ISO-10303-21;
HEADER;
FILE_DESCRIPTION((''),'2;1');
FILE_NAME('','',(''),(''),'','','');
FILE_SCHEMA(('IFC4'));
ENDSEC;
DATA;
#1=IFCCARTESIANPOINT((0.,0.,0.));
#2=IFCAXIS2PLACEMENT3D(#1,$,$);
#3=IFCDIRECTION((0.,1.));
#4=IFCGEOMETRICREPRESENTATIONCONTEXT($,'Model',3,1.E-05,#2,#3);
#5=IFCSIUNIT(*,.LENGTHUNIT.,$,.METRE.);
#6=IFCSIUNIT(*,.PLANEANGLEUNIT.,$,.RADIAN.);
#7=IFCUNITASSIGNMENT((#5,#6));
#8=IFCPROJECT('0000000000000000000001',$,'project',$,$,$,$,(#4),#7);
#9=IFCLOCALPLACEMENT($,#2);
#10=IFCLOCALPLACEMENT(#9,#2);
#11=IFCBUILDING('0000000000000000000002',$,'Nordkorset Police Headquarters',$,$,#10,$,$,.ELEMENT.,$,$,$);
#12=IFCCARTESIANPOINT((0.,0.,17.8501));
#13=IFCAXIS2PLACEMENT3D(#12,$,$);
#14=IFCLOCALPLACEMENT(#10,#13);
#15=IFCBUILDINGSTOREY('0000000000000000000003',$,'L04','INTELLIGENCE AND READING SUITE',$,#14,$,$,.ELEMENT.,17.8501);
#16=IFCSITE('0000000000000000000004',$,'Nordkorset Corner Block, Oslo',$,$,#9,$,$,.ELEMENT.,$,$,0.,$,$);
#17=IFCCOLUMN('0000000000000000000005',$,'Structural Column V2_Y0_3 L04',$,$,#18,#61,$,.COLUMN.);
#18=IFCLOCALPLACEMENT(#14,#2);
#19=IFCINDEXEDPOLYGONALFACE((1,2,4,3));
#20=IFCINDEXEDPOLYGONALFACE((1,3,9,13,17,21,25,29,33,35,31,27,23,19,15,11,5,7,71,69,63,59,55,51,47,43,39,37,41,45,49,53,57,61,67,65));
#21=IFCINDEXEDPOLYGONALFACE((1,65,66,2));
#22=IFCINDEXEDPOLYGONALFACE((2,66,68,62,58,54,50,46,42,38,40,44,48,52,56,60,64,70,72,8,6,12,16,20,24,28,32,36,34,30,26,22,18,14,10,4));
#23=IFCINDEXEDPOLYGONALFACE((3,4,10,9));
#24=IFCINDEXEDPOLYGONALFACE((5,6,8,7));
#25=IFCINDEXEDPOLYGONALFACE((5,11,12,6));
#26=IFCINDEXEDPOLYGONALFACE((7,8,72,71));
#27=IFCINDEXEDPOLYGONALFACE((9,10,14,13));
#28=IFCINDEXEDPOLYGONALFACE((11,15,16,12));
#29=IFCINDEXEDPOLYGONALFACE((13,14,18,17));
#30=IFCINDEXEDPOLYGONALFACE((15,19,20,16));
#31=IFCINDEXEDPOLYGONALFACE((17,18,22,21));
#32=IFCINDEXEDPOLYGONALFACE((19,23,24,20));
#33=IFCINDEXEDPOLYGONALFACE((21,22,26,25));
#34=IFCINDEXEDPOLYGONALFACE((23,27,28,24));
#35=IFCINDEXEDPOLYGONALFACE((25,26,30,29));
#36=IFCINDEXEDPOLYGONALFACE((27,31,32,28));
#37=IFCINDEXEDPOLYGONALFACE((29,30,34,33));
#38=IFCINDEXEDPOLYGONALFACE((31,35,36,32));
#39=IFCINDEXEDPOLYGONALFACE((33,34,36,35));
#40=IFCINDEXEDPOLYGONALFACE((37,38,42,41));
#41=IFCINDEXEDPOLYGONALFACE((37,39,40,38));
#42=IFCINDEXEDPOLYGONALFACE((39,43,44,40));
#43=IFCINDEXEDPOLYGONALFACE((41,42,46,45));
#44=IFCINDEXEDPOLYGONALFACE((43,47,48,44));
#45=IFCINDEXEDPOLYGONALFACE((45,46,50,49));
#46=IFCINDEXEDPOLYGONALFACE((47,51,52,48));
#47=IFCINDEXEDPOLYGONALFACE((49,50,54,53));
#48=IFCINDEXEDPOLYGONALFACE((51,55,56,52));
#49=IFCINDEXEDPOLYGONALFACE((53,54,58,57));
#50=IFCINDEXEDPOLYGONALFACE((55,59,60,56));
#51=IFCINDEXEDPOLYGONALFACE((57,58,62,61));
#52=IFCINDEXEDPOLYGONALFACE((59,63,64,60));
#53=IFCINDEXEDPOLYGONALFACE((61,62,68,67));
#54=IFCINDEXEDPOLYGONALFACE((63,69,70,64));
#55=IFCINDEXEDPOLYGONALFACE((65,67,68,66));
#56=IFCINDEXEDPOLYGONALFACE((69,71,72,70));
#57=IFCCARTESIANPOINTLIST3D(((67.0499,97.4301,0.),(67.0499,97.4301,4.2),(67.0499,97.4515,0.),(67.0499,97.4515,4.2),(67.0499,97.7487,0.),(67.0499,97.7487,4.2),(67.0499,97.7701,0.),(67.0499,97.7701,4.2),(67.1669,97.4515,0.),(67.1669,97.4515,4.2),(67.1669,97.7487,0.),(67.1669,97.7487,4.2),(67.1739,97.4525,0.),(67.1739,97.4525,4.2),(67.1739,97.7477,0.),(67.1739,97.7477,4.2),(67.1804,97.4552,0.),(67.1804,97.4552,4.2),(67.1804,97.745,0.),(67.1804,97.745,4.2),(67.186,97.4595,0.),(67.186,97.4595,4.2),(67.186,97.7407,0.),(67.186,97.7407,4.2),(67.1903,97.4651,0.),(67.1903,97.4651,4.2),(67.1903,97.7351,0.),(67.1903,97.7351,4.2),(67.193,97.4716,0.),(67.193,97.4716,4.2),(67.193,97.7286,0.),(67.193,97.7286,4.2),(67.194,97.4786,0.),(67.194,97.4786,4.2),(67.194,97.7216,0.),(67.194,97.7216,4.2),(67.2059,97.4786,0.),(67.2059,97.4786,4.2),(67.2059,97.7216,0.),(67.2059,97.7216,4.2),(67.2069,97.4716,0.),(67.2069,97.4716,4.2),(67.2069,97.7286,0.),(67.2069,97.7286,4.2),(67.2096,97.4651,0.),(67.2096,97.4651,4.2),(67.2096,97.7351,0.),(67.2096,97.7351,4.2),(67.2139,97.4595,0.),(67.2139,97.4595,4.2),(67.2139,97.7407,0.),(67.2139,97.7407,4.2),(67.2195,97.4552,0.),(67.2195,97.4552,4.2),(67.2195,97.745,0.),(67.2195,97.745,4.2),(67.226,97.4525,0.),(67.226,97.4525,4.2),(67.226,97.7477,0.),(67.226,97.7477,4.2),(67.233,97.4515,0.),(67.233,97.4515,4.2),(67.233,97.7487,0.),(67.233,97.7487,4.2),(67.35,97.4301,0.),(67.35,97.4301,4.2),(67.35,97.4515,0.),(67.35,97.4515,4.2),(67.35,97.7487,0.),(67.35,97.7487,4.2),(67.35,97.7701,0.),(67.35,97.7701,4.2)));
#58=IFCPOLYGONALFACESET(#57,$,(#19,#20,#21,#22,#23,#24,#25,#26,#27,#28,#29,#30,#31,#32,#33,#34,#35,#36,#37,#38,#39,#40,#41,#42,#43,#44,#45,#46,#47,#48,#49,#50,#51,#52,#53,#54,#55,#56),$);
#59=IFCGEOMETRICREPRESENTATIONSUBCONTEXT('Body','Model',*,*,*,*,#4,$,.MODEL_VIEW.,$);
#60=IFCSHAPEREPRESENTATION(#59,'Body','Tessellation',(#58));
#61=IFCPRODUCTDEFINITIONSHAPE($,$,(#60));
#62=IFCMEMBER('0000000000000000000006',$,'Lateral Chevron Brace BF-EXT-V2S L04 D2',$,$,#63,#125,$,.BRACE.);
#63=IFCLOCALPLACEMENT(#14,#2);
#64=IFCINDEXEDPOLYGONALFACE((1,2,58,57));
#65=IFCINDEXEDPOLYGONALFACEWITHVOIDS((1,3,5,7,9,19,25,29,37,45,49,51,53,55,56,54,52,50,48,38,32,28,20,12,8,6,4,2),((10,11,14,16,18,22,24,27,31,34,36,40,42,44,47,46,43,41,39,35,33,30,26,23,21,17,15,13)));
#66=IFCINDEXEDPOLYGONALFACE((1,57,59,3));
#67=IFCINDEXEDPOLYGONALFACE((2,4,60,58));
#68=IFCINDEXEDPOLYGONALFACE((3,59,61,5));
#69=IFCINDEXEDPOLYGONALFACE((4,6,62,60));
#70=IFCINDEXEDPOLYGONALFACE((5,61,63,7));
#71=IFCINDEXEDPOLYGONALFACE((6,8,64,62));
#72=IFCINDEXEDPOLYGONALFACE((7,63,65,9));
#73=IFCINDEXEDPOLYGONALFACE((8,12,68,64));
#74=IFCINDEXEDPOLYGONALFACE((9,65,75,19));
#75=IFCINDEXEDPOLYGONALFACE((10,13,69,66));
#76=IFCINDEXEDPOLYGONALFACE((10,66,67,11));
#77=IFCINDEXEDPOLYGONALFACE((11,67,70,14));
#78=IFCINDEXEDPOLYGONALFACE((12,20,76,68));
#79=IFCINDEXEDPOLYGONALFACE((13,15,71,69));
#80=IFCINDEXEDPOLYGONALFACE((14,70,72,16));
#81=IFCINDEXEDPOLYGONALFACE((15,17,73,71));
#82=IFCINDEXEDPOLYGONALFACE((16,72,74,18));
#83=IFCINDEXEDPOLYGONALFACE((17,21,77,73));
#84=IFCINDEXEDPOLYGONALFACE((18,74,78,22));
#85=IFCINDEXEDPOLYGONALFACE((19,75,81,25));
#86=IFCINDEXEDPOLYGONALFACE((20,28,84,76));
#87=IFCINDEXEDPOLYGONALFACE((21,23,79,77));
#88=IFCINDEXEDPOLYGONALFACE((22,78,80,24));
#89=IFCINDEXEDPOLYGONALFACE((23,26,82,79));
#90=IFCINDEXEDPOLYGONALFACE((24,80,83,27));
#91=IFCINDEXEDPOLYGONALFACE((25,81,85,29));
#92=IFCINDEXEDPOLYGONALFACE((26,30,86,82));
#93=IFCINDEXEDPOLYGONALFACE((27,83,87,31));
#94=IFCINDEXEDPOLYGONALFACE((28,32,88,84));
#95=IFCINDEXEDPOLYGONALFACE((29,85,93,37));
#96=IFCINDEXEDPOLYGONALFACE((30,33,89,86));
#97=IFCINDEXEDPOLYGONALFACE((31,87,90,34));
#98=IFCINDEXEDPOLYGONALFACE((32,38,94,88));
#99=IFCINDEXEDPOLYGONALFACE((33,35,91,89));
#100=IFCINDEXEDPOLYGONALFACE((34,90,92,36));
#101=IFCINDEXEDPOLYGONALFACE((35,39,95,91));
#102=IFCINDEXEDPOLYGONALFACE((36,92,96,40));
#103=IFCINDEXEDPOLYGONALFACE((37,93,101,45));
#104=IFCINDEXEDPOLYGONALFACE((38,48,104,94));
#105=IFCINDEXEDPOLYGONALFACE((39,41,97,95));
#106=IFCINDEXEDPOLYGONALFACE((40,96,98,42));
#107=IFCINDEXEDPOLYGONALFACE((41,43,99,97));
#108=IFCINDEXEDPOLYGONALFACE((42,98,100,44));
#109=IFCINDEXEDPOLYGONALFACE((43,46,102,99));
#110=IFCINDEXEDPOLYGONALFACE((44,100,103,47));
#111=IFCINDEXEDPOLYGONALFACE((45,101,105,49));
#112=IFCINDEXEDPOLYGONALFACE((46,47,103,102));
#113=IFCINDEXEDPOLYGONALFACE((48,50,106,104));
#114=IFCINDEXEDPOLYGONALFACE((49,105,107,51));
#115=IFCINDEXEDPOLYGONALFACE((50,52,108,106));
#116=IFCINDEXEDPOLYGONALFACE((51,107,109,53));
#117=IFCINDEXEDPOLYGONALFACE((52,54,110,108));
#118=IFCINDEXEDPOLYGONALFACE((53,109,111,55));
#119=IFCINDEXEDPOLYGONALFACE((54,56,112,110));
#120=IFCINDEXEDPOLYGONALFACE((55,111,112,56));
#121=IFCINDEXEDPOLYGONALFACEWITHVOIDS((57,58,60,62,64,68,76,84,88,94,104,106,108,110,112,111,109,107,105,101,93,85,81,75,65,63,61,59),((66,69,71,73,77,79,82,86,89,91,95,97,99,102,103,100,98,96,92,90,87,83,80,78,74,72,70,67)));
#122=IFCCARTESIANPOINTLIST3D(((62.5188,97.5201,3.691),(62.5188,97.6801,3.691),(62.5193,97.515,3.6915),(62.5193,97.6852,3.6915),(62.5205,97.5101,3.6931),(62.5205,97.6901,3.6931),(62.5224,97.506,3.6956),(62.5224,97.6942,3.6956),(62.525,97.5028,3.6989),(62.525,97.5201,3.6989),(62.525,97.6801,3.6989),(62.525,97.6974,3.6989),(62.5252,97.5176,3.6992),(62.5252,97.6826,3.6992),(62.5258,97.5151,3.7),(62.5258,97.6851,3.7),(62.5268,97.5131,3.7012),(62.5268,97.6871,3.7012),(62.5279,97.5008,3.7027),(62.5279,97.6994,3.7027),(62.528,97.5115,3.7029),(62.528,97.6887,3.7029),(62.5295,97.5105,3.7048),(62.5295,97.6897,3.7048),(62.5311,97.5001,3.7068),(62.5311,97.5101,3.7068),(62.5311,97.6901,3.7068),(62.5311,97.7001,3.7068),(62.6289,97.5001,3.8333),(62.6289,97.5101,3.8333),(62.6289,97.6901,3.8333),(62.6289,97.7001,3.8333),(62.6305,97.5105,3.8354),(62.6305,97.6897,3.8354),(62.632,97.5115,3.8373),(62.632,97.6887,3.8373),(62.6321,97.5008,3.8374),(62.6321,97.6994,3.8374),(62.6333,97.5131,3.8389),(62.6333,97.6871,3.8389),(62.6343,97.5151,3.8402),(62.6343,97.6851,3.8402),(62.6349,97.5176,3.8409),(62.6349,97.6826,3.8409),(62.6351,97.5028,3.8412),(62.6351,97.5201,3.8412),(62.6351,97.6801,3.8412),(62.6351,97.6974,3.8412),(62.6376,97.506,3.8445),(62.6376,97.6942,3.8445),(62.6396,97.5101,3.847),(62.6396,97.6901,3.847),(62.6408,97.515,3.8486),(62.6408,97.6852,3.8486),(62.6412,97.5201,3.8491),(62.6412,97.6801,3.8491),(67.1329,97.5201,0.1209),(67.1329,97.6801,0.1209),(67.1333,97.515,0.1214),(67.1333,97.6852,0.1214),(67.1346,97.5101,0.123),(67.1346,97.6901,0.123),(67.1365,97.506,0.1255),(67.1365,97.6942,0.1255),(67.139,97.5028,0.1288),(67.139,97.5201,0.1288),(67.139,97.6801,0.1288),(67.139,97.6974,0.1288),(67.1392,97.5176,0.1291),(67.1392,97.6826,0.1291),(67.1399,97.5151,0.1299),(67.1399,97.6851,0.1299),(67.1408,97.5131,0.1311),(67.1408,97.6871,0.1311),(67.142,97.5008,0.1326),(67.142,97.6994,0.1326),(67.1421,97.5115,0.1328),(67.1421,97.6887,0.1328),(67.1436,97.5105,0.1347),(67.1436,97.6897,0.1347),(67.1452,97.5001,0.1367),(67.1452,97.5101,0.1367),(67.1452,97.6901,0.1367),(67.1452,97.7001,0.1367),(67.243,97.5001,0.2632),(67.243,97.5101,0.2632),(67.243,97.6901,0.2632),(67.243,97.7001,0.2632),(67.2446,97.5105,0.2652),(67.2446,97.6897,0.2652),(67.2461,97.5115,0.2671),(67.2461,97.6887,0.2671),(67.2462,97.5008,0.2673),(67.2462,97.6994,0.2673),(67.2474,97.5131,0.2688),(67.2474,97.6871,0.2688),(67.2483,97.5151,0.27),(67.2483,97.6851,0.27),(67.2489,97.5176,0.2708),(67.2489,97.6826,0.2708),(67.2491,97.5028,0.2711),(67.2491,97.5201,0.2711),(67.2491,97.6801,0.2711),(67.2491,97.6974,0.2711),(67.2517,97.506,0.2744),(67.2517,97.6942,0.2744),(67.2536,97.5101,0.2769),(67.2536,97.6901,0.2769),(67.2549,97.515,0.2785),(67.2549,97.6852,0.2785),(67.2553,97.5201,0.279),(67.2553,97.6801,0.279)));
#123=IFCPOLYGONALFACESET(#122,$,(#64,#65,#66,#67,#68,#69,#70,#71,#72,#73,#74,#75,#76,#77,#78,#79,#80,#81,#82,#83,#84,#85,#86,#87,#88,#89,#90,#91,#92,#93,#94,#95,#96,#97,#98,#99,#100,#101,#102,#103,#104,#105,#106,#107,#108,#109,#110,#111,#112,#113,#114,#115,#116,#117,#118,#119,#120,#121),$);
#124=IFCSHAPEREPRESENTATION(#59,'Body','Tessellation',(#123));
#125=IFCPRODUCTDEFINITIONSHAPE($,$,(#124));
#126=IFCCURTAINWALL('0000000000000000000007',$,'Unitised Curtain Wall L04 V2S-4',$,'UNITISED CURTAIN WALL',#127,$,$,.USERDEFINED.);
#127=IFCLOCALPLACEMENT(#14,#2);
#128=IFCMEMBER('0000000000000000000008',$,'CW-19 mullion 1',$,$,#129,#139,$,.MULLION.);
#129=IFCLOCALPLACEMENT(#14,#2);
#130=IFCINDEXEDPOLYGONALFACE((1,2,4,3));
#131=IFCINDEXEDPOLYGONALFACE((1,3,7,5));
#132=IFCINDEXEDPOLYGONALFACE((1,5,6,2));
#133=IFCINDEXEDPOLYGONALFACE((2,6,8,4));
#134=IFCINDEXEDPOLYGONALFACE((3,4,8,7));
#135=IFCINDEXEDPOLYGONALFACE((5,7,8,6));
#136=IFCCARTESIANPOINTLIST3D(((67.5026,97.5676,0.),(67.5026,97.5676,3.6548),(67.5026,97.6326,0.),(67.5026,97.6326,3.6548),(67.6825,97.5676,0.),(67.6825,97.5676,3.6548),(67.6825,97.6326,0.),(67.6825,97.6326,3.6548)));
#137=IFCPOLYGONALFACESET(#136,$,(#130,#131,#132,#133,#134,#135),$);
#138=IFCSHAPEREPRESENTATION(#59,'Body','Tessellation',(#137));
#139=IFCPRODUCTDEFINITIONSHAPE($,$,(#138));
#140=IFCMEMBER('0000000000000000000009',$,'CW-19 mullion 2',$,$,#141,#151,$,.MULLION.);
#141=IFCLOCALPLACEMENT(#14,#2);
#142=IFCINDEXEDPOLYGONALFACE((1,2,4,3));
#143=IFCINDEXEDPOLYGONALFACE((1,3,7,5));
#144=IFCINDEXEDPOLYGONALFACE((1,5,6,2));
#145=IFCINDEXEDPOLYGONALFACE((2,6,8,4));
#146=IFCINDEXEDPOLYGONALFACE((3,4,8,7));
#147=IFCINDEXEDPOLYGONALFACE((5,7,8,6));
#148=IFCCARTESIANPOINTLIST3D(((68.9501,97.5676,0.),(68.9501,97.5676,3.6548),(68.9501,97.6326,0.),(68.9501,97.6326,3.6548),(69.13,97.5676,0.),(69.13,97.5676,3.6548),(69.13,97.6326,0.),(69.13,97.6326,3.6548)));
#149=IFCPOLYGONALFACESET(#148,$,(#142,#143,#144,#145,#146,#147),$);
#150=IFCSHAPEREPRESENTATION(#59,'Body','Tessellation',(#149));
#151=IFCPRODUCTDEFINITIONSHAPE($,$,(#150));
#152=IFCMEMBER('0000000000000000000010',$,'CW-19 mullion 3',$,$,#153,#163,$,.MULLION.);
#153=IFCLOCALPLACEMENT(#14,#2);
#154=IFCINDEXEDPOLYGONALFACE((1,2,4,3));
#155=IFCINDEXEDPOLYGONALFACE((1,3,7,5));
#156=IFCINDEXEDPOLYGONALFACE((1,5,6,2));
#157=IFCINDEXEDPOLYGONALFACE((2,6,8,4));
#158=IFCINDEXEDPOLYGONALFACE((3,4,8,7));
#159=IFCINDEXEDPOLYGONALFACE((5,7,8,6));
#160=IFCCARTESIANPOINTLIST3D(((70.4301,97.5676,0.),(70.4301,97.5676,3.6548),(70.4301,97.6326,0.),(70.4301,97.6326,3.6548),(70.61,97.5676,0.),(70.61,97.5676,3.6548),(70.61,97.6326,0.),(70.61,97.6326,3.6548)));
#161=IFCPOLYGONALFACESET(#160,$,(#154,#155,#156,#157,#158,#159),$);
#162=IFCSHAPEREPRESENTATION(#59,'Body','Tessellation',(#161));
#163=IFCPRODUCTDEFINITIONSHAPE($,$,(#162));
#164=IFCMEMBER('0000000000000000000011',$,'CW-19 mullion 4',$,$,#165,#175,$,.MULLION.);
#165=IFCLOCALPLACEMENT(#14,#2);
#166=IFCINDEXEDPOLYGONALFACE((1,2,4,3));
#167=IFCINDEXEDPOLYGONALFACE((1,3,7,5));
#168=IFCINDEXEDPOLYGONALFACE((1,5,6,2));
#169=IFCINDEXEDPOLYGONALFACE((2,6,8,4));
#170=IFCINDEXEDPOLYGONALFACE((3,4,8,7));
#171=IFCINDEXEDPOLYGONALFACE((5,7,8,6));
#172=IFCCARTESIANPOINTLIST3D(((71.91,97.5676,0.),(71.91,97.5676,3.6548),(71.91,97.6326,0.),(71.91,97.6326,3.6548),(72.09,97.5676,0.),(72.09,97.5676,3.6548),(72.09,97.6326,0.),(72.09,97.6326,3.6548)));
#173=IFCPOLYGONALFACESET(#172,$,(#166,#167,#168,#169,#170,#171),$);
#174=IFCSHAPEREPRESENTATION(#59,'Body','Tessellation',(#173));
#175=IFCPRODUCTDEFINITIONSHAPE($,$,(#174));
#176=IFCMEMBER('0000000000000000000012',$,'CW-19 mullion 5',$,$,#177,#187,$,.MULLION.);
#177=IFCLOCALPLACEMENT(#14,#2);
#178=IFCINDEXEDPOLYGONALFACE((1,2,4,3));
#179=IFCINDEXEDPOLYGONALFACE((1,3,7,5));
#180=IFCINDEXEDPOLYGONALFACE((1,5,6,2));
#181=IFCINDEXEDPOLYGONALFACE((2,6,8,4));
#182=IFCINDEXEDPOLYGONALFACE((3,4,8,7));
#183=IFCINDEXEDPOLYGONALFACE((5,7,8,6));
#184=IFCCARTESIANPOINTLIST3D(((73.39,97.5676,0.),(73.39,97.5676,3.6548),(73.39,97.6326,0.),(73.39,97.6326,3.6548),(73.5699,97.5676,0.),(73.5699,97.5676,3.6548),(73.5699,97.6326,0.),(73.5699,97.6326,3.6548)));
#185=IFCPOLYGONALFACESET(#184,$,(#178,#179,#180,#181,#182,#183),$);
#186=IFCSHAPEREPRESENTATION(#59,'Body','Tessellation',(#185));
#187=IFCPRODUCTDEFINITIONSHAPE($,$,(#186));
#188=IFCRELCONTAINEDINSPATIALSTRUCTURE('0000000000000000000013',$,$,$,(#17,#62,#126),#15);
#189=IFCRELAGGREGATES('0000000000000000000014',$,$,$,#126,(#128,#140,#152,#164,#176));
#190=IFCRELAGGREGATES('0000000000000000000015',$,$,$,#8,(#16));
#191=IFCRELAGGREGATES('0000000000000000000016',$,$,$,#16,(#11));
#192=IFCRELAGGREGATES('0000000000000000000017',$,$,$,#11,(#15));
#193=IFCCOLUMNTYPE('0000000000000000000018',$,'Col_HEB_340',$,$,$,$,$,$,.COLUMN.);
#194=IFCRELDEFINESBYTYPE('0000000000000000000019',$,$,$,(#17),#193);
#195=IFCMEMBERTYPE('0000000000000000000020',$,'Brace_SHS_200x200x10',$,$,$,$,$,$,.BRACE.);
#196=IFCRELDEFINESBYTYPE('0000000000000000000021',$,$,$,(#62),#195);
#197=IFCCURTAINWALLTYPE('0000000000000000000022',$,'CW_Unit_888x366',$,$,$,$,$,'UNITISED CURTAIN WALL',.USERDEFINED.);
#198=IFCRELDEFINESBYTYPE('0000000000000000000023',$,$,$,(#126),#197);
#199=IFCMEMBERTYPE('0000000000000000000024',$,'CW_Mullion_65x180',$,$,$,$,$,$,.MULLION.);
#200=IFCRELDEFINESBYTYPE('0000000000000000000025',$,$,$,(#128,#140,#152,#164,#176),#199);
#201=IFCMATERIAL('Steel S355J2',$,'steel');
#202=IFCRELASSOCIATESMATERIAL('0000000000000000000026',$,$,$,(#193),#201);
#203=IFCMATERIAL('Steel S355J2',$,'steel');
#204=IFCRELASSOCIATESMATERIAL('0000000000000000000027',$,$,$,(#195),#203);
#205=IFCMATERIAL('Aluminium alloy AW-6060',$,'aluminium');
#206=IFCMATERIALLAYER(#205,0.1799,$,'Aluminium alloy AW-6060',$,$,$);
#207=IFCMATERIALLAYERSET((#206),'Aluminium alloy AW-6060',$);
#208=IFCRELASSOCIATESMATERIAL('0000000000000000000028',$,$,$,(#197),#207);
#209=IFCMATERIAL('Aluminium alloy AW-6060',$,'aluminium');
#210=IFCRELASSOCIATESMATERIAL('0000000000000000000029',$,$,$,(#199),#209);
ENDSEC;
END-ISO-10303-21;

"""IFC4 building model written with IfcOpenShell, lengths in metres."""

from ifc_helpers import new_model, si_unit, direction, frame, origin, origin_2d, place, context, subcontext, project, spatial, rectangle, hollow_rectangle, i_section, extrude, material, layer, layer_set, material_profile, profile_set, type_object, element, aggregate, save


model = new_model("IFC4")

# Units and contexts
model_context = context("Model", 3, precision=1e-05, world=origin(), true_north=direction((0.0, 1.0)))
body_context = subcontext(model_context, "Body", "Model", "MODEL_VIEW")
ifc_project = project(units=[si_unit("LENGTHUNIT", "METRE"), si_unit("PLANEANGLEUNIT", "RADIAN")], contexts=[model_context])

# Site, building, storey
site_placement = place(None, origin())
site = spatial("IfcSite", under=ifc_project, at=site_placement, Name="Nordkorset Corner Block, Oslo", CompositionType="ELEMENT", RefElevation=0.0)
building_placement = place(site_placement, origin())
building = spatial("IfcBuilding", under=site, at=building_placement, Name="Nordkorset Police Headquarters", CompositionType="ELEMENT")
storey_placement = place(building_placement, frame((0.0, 0.0, 17.8501)))
storey = spatial("IfcBuildingStorey", under=building, at=storey_placement, Name="L04", Description="INTELLIGENCE AND READING SUITE", CompositionType="ELEMENT", Elevation=17.8501)

# Column
ifc_material_1 = material(Name="Steel S355J2", Category="steel")
ifc_material_profile_1 = material_profile(ifc_material_1, i_section(OverallWidth=0.3, OverallDepth=0.3401, WebThickness=0.012, FlangeThickness=0.0215, FilletRadius=0.0271, at=origin_2d()), Name="HEB 340")
ifc_profile_set_1 = profile_set([ifc_material_profile_1], Name="Steel S355J2")
column_type = type_object("IfcColumnType", Name="Col_HEB_340", PredefinedType="COLUMN", material=ifc_profile_set_1)
column_placement = place(storey_placement, frame((67.2, 97.6001, 0.0), z_axis=(0.0, 0.0, 1.0), x_axis=(1.0, 0.0, 0.0)))
element("IfcColumn", 1, at=column_placement, inside=storey, type_object=column_type, Name="Structural Column V2_Y0_3 L04", PredefinedType="COLUMN", context=body_context, shape_type="SweptSolid", body=[
    extrude(i_section(OverallWidth=0.3, OverallDepth=0.3401, WebThickness=0.012, FlangeThickness=0.0215, FilletRadius=0.0271, at=origin_2d()), origin(), (0.0, 0.0, 1.0), 4.2),
])

# Member
ifc_material_2 = material(Name="Steel S355J2", Category="steel")
ifc_material_profile_2 = material_profile(ifc_material_2, hollow_rectangle(XDim=0.2, YDim=0.2, WallThickness=0.01, InnerFilletRadius=0.01, OuterFilletRadius=0.02, at=origin_2d()), Name="SHS 200x200x10")
ifc_profile_set_2 = profile_set([ifc_material_profile_2], Name="Steel S355J2")
member_type_1 = type_object("IfcMemberType", Name="Brace_SHS_200x200x10", PredefinedType="BRACE", material=ifc_profile_set_2)
member_1_placement = place(storey_placement, frame((67.1941, 97.6001, 0.2), z_axis=(-0.790896, 0.0, 0.611951), x_axis=(0.0, -1.0, 0.0)))
element("IfcMember", 2, at=member_1_placement, inside=storey, type_object=member_type_1, Name="Lateral Chevron Brace BF-EXT-V2S L04 D2", PredefinedType="BRACE", context=body_context, shape_type="SweptSolid", body=[
    extrude(hollow_rectangle(XDim=0.2, YDim=0.2, WallThickness=0.01, InnerFilletRadius=0.01, OuterFilletRadius=0.02, at=origin_2d()), origin(), (0.0, 0.0, 1.0), 5.834),
])

# Curtain wall, members
ifc_material_3 = material(Name="Aluminium alloy AW-6060", Category="aluminium")
ifc_layer_1 = layer(ifc_material_3, 0.1799, Name="Aluminium alloy AW-6060")
ifc_layer_set_1 = layer_set([ifc_layer_1], Name="Aluminium alloy AW-6060")
curtain_wall_type = type_object("IfcCurtainWallType", Name="CW_Unit_888x366", ElementType="UNITISED CURTAIN WALL", PredefinedType="USERDEFINED", material=ifc_layer_set_1)
curtain_wall_placement = place(storey_placement, origin())
curtain_wall = element("IfcCurtainWall", 3, at=curtain_wall_placement, inside=storey, type_object=curtain_wall_type, Name="Unitised Curtain Wall L04 V2S-4", ObjectType="UNITISED CURTAIN WALL", PredefinedType="USERDEFINED")
ifc_material_4 = material(Name="Aluminium alloy AW-6060", Category="aluminium")
ifc_material_profile_3 = material_profile(ifc_material_4, rectangle(XDim=0.0649, YDim=0.1799, at=origin_2d()), Name="ALU MULL 65x180")
ifc_profile_set_3 = profile_set([ifc_material_profile_3], Name="Aluminium alloy AW-6060")
member_type_2 = type_object("IfcMemberType", Name="CW_Mullion_65x180", PredefinedType="MULLION", material=ifc_profile_set_3)
member_2_placement = place(storey_placement, frame((67.5925, 97.6001, 0.0), z_axis=(0.0, 0.0, 1.0), x_axis=(0.0, 1.0, 0.0)))
member_2 = element("IfcMember", 4, at=member_2_placement, type_object=member_type_2, Name="CW-19 mullion 1", PredefinedType="MULLION", context=body_context, shape_type="SweptSolid", body=[
    extrude(rectangle(XDim=0.0649, YDim=0.1799, at=origin_2d()), origin(), (0.0, 0.0, 1.0), 3.6548),
])
member_3_placement = place(storey_placement, frame((69.04, 97.6001, 0.0), z_axis=(0.0, 0.0, 1.0), x_axis=(0.0, 1.0, 0.0)))
member_3 = element("IfcMember", 5, at=member_3_placement, type_object=member_type_2, Name="CW-19 mullion 2", PredefinedType="MULLION", context=body_context, shape_type="SweptSolid", body=[
    extrude(rectangle(XDim=0.0649, YDim=0.1799, at=origin_2d()), origin(), (0.0, 0.0, 1.0), 3.6548),
])
member_4_placement = place(storey_placement, frame((70.52, 97.6001, 0.0), z_axis=(0.0, 0.0, 1.0), x_axis=(0.0, 1.0, 0.0)))
member_4 = element("IfcMember", 6, at=member_4_placement, type_object=member_type_2, Name="CW-19 mullion 3", PredefinedType="MULLION", context=body_context, shape_type="SweptSolid", body=[
    extrude(rectangle(XDim=0.0649, YDim=0.1799, at=origin_2d()), origin(), (0.0, 0.0, 1.0), 3.6548),
])
member_5_placement = place(storey_placement, frame((72.0, 97.6001, 0.0), z_axis=(0.0, 0.0, 1.0), x_axis=(0.0, 1.0, 0.0)))
member_5 = element("IfcMember", 7, at=member_5_placement, type_object=member_type_2, Name="CW-19 mullion 4", PredefinedType="MULLION", context=body_context, shape_type="SweptSolid", body=[
    extrude(rectangle(XDim=0.0649, YDim=0.1799, at=origin_2d()), origin(), (0.0, 0.0, 1.0), 3.6548),
])
member_6_placement = place(storey_placement, frame((73.48, 97.6001, 0.0), z_axis=(0.0, 0.0, 1.0), x_axis=(0.0, 1.0, 0.0)))
member_6 = element("IfcMember", 8, at=member_6_placement, type_object=member_type_2, Name="CW-19 mullion 5", PredefinedType="MULLION", context=body_context, shape_type="SweptSolid", body=[
    extrude(rectangle(XDim=0.0649, YDim=0.1799, at=origin_2d()), origin(), (0.0, 0.0, 1.0), 3.6548),
])

aggregate(curtain_wall, [member_2, member_3, member_4, member_5, member_6])

save(model, "model.ifc")
